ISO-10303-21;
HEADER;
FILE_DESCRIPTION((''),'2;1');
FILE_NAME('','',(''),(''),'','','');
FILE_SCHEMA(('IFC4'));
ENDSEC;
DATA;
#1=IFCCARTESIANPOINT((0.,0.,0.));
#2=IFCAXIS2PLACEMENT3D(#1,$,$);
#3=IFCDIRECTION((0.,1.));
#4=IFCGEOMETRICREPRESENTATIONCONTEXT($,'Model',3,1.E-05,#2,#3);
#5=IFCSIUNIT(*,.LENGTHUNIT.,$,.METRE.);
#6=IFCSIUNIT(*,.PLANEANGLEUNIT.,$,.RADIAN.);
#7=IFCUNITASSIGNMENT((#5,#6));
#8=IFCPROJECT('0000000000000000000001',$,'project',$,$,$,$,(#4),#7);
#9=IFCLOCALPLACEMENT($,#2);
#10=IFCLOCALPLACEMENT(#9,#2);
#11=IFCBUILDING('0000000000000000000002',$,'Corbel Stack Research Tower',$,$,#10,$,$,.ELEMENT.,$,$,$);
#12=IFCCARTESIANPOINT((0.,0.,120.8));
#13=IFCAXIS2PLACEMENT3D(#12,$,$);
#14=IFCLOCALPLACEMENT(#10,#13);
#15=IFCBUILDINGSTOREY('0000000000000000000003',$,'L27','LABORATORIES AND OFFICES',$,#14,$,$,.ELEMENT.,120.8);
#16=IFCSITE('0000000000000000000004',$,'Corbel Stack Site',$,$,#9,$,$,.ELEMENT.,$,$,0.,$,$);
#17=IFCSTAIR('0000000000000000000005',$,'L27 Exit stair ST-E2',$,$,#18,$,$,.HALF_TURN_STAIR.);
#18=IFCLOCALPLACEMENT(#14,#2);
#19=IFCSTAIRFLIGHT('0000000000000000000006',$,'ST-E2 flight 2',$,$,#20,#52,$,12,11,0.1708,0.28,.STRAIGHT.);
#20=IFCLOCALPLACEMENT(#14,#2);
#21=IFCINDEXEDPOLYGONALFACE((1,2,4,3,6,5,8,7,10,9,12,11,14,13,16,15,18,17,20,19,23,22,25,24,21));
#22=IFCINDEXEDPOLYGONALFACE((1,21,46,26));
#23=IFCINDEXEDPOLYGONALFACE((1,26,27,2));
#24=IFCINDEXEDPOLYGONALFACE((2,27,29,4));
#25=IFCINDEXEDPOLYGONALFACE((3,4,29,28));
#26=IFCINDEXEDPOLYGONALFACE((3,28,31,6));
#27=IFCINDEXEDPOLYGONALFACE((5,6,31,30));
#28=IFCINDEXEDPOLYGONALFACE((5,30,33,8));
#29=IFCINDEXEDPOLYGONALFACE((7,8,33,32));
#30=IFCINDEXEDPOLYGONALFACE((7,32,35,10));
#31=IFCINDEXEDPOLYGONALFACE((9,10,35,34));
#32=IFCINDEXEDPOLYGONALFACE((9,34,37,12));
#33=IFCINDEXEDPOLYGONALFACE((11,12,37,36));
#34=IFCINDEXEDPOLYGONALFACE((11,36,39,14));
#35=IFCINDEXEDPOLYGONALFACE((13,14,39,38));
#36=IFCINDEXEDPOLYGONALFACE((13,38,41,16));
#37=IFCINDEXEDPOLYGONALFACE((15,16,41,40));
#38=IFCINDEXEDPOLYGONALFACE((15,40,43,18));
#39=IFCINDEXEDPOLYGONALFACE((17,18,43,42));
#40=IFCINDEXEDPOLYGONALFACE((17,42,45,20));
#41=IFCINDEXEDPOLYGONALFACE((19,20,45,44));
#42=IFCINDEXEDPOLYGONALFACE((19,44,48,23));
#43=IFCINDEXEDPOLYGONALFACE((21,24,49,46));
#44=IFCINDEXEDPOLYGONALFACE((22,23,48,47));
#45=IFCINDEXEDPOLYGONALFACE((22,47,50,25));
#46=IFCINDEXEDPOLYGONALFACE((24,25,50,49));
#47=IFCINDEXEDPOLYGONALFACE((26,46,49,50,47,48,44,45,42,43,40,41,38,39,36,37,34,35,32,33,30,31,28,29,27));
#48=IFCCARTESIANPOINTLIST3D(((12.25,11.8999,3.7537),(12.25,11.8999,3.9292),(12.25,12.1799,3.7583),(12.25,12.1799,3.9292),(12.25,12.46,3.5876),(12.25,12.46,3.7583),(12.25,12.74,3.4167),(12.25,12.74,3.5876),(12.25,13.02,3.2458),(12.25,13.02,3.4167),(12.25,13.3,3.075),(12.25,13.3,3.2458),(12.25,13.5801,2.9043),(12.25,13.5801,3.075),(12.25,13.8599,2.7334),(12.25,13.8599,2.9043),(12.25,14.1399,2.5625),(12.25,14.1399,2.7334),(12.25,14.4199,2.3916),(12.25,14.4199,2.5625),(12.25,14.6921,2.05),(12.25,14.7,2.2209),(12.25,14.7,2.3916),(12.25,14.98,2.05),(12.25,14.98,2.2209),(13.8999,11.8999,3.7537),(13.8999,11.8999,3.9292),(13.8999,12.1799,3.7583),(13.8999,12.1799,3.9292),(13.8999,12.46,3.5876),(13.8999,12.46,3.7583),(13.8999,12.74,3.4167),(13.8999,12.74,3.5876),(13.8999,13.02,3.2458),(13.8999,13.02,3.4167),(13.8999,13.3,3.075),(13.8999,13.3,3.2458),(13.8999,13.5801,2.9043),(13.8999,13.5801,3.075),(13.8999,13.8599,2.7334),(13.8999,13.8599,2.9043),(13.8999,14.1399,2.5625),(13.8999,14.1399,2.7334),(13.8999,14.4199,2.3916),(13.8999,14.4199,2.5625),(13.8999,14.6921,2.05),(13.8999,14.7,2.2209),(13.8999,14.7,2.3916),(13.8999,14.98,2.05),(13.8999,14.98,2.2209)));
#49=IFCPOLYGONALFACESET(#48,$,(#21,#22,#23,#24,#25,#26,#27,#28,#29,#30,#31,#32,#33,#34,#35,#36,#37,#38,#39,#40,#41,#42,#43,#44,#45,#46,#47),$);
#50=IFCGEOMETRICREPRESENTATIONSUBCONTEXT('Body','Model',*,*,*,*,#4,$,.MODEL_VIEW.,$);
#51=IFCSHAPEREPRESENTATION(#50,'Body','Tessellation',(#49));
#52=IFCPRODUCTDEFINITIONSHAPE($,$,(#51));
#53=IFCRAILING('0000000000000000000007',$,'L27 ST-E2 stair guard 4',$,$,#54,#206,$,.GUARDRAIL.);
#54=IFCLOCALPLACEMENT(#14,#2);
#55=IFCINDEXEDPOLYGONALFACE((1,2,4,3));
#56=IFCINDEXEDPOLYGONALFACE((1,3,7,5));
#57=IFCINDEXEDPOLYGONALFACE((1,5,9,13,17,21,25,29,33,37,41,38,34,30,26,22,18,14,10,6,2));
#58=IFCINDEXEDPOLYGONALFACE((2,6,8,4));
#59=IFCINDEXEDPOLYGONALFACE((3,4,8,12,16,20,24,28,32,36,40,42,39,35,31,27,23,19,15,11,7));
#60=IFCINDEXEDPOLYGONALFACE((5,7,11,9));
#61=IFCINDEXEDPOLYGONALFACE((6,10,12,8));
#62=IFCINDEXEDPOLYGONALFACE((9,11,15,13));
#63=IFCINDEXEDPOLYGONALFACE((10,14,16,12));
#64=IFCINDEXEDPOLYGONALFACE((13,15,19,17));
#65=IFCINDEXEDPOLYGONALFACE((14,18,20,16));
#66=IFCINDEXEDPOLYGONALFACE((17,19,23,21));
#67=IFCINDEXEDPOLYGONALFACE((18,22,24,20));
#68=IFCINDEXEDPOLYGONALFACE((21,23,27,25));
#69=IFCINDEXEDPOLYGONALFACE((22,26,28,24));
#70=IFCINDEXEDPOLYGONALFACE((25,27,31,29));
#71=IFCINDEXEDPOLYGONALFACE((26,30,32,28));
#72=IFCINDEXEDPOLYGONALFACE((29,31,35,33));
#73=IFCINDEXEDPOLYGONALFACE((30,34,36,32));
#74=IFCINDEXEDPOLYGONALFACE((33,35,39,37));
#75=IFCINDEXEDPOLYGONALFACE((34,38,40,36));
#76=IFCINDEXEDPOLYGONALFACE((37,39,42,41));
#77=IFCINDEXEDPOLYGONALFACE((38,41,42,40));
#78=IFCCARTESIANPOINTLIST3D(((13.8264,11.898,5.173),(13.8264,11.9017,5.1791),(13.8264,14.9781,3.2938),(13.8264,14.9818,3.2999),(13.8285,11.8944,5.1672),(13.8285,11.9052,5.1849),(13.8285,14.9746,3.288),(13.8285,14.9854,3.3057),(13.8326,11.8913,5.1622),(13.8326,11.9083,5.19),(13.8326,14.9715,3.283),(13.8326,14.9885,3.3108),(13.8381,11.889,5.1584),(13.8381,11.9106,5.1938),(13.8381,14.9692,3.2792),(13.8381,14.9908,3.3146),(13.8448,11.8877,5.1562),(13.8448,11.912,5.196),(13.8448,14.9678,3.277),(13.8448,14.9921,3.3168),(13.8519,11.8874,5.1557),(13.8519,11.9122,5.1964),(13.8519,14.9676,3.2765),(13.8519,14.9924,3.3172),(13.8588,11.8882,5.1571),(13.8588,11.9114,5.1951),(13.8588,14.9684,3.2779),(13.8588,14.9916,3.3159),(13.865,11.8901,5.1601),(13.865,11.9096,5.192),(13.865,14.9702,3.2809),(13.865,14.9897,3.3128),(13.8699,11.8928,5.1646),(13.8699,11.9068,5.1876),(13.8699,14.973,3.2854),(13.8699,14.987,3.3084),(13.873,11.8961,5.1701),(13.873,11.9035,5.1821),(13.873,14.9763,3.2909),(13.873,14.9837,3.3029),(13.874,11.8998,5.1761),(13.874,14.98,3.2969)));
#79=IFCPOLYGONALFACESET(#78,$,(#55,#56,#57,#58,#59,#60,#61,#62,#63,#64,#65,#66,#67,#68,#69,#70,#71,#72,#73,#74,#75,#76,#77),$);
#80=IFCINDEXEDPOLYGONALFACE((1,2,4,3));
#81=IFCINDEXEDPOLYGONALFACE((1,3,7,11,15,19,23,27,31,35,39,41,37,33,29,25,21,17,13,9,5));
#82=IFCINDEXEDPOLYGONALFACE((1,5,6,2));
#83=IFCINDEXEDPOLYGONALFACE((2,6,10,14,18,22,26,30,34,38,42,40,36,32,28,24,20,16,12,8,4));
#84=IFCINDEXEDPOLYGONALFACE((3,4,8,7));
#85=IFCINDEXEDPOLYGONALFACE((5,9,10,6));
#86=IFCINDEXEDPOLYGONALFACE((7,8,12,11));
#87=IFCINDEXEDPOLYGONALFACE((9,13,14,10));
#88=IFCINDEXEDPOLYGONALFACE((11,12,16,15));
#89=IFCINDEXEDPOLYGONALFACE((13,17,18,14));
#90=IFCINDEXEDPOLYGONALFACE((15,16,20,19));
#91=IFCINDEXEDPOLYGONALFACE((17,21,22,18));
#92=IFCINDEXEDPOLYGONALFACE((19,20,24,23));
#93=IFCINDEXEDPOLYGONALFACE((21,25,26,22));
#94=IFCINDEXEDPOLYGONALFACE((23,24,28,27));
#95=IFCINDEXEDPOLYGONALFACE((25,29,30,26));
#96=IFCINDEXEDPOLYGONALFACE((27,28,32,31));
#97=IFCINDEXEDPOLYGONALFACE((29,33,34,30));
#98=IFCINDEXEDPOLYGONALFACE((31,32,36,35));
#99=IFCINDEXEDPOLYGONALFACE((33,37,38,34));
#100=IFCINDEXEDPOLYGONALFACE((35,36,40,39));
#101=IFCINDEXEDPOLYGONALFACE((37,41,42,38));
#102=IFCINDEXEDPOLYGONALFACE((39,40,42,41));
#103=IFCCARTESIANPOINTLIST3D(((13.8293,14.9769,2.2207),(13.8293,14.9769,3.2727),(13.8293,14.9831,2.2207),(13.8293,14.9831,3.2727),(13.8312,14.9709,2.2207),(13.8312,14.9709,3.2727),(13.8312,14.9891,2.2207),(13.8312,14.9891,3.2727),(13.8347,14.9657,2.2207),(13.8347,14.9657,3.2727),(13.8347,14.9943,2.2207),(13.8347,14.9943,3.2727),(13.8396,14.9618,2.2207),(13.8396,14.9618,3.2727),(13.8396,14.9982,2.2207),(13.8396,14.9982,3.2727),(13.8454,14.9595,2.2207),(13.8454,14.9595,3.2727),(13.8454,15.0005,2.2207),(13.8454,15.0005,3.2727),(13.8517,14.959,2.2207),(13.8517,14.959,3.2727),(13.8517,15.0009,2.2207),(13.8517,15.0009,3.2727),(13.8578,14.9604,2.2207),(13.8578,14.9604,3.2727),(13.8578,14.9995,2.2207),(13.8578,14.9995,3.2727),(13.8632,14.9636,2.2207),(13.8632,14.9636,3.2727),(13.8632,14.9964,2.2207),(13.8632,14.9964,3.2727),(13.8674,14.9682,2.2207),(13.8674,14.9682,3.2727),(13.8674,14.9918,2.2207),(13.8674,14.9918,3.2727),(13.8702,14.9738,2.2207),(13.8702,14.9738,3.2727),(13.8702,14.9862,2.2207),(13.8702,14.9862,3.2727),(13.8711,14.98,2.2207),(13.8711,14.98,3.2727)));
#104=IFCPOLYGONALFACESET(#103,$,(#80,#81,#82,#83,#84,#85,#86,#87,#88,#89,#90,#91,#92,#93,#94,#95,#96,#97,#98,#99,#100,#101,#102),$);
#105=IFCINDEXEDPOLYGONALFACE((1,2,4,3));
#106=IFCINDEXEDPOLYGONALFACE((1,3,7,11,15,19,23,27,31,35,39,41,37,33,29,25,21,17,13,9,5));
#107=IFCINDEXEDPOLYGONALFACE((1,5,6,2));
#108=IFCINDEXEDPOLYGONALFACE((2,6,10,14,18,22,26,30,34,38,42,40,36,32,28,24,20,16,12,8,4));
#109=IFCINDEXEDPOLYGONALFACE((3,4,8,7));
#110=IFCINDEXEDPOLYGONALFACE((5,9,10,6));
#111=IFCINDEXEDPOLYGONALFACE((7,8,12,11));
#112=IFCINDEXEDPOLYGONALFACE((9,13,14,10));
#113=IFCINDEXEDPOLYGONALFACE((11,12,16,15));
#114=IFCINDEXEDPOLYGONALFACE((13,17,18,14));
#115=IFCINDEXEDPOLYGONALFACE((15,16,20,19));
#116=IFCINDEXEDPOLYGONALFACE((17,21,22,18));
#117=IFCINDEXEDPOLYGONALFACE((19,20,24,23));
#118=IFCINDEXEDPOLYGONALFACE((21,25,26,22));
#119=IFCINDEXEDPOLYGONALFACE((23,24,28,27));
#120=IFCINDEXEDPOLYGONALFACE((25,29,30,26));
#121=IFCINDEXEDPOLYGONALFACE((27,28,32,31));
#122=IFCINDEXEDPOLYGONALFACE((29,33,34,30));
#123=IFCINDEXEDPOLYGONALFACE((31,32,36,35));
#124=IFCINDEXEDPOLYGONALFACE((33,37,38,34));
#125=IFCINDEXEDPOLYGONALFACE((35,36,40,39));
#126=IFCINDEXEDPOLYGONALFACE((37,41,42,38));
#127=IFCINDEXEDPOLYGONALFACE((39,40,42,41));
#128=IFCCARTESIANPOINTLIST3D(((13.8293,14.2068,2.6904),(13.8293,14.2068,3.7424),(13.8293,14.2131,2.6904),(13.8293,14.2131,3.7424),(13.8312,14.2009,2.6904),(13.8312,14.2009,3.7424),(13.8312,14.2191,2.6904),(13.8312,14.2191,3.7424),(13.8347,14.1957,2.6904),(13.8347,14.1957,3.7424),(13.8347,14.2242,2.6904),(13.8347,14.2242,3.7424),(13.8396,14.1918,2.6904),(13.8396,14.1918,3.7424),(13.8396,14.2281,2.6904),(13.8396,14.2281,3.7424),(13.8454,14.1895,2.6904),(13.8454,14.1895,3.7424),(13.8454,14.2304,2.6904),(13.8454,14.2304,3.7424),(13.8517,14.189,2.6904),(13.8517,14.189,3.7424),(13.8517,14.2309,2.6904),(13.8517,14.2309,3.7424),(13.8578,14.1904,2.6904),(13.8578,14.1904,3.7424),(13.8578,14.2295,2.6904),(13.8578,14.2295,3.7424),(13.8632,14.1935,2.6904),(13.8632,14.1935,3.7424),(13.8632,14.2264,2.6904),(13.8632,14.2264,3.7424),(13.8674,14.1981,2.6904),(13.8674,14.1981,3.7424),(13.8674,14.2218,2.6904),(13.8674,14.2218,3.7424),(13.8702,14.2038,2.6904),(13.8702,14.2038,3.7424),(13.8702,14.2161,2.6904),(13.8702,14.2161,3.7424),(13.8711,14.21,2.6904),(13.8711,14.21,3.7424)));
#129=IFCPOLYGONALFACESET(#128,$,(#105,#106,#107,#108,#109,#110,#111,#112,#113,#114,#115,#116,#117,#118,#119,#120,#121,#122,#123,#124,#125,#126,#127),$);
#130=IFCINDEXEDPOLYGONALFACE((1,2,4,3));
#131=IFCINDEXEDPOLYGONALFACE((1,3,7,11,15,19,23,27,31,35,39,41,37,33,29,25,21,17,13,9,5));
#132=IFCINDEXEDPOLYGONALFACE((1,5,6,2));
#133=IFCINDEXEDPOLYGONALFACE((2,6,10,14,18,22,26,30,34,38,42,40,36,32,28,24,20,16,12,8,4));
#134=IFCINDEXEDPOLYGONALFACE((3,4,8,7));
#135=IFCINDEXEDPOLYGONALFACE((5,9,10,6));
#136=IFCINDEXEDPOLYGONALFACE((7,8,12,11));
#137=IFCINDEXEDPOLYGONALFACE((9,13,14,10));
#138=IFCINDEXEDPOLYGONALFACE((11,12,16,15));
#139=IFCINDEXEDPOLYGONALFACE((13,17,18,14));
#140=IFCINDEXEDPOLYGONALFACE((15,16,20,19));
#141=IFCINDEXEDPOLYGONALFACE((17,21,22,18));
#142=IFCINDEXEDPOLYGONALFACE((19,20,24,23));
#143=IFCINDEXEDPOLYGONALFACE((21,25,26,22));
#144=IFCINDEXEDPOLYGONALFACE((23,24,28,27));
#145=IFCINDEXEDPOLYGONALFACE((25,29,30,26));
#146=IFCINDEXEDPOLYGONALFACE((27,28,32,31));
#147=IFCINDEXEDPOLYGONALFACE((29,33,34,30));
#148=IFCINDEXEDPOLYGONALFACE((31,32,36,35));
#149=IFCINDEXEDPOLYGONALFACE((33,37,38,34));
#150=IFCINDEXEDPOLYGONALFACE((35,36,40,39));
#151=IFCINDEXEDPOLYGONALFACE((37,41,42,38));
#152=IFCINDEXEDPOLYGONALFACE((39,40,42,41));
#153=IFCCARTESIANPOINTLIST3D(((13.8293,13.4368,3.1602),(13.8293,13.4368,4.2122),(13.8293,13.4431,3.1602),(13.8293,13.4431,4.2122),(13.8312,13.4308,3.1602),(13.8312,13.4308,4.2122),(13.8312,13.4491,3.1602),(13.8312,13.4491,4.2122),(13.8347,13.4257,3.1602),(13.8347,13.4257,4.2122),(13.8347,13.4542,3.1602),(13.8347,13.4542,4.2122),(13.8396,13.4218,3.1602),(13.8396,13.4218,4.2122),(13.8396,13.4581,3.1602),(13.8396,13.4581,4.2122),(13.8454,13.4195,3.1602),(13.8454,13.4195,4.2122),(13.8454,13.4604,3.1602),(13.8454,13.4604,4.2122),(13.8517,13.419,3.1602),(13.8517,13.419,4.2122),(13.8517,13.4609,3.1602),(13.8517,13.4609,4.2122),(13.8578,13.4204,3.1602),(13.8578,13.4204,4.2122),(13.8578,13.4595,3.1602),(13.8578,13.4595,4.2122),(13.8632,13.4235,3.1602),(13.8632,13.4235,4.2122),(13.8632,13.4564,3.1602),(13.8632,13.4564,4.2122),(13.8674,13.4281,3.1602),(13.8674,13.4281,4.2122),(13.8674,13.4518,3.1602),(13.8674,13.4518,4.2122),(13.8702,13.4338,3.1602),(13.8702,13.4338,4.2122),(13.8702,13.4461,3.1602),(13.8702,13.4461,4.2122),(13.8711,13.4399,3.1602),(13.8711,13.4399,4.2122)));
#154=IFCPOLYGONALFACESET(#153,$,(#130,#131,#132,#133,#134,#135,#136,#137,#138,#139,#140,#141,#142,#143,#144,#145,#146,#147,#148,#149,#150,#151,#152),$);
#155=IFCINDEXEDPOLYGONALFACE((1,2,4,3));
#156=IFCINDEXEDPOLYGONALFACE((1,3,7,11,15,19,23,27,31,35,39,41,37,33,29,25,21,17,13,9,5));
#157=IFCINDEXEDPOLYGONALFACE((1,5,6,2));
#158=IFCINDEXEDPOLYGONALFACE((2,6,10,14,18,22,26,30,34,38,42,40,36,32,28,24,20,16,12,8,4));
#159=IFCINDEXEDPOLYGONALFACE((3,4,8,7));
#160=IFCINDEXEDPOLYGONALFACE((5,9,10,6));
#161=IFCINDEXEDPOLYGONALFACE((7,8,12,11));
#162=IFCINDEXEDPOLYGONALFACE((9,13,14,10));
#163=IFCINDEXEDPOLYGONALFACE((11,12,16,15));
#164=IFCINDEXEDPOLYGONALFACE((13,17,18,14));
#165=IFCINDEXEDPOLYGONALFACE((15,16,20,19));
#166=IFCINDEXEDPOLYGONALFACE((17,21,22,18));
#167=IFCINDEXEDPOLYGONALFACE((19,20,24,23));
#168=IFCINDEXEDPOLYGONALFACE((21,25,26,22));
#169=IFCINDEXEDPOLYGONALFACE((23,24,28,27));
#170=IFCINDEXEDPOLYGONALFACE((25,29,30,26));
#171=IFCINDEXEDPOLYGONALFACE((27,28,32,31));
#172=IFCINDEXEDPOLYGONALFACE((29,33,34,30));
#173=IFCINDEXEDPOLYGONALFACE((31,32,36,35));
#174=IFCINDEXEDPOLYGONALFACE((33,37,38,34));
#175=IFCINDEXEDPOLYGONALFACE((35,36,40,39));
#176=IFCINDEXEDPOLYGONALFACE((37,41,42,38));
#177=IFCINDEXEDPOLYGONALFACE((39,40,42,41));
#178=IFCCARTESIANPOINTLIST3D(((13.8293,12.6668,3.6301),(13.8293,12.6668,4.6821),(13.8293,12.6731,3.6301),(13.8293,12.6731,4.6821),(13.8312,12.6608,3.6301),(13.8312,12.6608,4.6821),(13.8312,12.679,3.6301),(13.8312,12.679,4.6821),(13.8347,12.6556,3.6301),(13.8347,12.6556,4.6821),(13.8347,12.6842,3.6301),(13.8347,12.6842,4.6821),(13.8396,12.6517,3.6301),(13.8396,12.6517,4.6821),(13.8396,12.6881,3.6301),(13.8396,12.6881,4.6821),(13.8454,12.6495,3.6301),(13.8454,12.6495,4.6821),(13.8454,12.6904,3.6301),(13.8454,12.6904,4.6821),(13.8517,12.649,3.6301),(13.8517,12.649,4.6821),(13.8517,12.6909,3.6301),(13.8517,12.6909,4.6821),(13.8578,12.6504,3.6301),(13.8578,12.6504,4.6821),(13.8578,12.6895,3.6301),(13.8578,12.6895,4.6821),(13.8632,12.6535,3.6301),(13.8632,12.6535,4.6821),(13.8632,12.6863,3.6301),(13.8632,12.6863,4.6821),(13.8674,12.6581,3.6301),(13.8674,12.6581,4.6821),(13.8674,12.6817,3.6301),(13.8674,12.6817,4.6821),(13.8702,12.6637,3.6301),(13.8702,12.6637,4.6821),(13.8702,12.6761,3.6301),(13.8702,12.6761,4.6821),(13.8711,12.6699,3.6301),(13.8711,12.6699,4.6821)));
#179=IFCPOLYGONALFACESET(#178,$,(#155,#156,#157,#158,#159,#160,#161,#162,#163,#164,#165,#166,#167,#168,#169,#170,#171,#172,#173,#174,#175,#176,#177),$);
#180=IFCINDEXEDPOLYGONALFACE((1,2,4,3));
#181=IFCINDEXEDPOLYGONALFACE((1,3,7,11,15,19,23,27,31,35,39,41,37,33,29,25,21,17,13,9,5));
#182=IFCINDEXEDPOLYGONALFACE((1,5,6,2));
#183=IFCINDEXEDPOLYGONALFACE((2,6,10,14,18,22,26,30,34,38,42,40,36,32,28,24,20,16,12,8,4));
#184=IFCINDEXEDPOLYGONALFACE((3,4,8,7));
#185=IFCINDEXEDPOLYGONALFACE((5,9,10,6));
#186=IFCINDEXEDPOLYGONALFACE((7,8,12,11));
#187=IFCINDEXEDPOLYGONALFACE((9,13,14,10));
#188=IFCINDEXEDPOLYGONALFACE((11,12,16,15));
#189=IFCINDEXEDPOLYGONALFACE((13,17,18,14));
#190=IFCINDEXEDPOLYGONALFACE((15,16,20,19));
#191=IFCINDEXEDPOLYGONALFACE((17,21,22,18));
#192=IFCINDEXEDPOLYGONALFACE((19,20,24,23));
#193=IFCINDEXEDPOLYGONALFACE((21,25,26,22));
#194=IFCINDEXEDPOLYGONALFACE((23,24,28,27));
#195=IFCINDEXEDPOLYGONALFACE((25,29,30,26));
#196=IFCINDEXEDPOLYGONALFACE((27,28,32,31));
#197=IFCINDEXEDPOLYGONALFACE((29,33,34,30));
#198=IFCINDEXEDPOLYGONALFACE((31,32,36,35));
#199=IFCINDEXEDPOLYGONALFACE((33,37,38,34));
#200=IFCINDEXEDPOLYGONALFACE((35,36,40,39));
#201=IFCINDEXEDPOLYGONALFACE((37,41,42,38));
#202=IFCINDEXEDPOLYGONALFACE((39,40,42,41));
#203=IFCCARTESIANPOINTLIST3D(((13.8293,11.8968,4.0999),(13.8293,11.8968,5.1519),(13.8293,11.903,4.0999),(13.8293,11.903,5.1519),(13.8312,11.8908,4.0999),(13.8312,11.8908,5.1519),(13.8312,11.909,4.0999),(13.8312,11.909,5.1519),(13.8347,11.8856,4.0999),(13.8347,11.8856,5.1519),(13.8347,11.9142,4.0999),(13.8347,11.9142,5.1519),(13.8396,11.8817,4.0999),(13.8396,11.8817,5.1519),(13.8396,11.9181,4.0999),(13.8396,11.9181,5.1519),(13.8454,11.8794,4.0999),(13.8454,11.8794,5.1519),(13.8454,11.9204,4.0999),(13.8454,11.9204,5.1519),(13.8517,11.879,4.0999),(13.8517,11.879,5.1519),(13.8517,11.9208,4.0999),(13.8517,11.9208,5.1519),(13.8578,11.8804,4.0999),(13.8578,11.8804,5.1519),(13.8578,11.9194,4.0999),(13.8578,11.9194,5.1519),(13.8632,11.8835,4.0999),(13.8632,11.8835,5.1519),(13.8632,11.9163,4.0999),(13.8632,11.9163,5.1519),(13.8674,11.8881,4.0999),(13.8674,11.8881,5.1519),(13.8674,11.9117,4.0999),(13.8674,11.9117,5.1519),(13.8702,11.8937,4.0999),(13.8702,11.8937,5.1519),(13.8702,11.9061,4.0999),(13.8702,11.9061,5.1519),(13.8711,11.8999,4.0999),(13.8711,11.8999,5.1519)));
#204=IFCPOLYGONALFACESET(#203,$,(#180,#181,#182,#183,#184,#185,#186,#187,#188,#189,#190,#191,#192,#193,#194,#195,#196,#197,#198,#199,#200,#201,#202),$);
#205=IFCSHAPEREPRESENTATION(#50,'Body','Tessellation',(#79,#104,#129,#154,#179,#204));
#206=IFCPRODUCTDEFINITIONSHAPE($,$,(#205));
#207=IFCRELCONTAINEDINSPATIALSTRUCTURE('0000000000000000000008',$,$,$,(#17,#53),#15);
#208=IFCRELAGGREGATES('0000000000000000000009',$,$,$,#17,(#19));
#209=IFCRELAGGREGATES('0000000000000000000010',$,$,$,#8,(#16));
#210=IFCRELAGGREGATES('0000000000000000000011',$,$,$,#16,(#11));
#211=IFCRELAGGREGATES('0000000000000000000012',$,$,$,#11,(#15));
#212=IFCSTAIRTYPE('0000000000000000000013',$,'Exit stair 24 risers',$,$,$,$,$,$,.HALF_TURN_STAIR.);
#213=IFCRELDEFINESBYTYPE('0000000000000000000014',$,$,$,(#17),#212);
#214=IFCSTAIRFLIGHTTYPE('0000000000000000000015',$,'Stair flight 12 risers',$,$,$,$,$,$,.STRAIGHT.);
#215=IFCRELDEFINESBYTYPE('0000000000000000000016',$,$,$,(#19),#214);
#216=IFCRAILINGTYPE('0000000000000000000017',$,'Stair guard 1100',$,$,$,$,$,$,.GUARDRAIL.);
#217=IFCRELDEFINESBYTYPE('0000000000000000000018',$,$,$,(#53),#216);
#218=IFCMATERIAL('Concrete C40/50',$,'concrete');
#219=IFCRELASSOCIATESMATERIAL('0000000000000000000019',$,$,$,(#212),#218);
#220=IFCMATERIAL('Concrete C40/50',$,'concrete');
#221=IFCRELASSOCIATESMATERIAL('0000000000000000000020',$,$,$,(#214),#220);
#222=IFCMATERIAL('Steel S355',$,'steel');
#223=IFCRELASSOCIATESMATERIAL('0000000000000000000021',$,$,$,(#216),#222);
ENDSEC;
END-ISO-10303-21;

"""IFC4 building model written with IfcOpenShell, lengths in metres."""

from ifc_helpers import new_model, si_unit, direction, frame, origin, origin_2d, place, context, subcontext, project, spatial, polyline, circle, outline, extrude, material, type_object, element, aggregate, save


model = new_model("IFC4")

# Units and contexts
model_context = context("Model", 3, precision=1e-05, world=origin(), true_north=direction((0.0, 1.0)))
body_context = subcontext(model_context, "Body", "Model", "MODEL_VIEW")
ifc_project = project(units=[si_unit("LENGTHUNIT", "METRE"), si_unit("PLANEANGLEUNIT", "RADIAN")], contexts=[model_context])

# Site, building, storey
site_placement = place(None, origin())
site = spatial("IfcSite", under=ifc_project, at=site_placement, Name="Corbel Stack Site", CompositionType="ELEMENT", RefElevation=0.0)
building_placement = place(site_placement, origin())
building = spatial("IfcBuilding", under=site, at=building_placement, Name="Corbel Stack Research Tower", CompositionType="ELEMENT")
storey_placement = place(building_placement, frame((0.0, 0.0, 120.8)))
storey = spatial("IfcBuildingStorey", under=building, at=storey_placement, Name="L27", Description="LABORATORIES AND OFFICES", CompositionType="ELEMENT", Elevation=120.8)

# Stair, stair flight
ifc_material_1 = material(Name="Concrete C40/50", Category="concrete")
stair_type = type_object("IfcStairType", Name="Exit stair 24 risers", PredefinedType="HALF_TURN_STAIR", material=ifc_material_1)
stair_placement = place(storey_placement, origin())
stair = element("IfcStair", 1, at=stair_placement, inside=storey, type_object=stair_type, Name="L27 Exit stair ST-E2", PredefinedType="HALF_TURN_STAIR")
ifc_material_2 = material(Name="Concrete C40/50", Category="concrete")
stair_flight_type = type_object("IfcStairFlightType", Name="Stair flight 12 risers", PredefinedType="STRAIGHT", material=ifc_material_2)
stair_flight_placement = place(storey_placement, frame((13.075, 14.98, 2.05), z_axis=(0.0, 0.0, 1.0), x_axis=(0.0, -1.0, 0.0)))
stair_flight = element("IfcStairFlight", 2, at=stair_flight_placement, type_object=stair_flight_type, Name="ST-E2 flight 2", NumberOfRisers=12, NumberOfTreads=11, PredefinedType="STRAIGHT", RiserHeight=0.1708, TreadLength=0.28, context=body_context, shape_type="SweptSolid", body=[
    extrude(outline(polyline([(0.0, 0.0), (0.0, 0.1709), (0.28, 0.1709), (0.28, 0.3416), (0.5601, 0.3416), (0.5601, 0.5125), (0.8401, 0.5125), (0.8401, 0.6833), (1.1201, 0.6833), (1.1201, 0.8542), (1.3999, 0.8542), (1.3999, 1.0249), (1.6799, 1.0249), (1.6799, 1.1958), (1.96, 1.1958), (1.96, 1.3667), (2.24, 1.3667), (2.24, 1.5376), (2.52, 1.5376), (2.52, 1.7083), (2.8, 1.7083), (2.8, 1.8792), (3.0801, 1.8792), (3.0801, 2.05), (3.0801, 1.7036), (0.2878, 0.0), (0.0, 0.0)])), frame((0.0, 0.825, 0.0), z_axis=(0.0, -1.0, 0.0), x_axis=(1.0, 0.0, 0.0)), (0.0, 0.0, 1.0), 1.6499),
])
aggregate(stair, [stair_flight])

# Railing
ifc_material_3 = material(Name="Steel S355", Category="steel")
railing_type_1 = type_object("IfcRailingType", Name="Stair guard 1100", PredefinedType="GUARDRAIL", material=ifc_material_3)
railing_1_placement = place(storey_placement, frame((13.8501, 14.98, 2.2207)))
element("IfcRailing", 3, at=railing_1_placement, inside=storey, type_object=railing_type_1, Name="L27 ST-E2 stair guard 4", PredefinedType="GUARDRAIL", context=body_context, shape_type="SweptSolid", body=[
    extrude(circle(Radius=0.0239, at=origin_2d()), frame((0.0, 0.0, 1.0762), z_axis=(0.0, -0.853666, 0.52082), x_axis=(1.0, 0.0, 0.0)), (0.0, 0.0, 1.0), 3.6082),
    extrude(circle(Radius=0.021, at=origin_2d()), origin(), (0.0, 0.0, 1.0), 1.052),
    extrude(circle(Radius=0.021, at=origin_2d()), frame((0.0, -0.77, 0.4697)), (0.0, 0.0, 1.0), 1.052),
    extrude(circle(Radius=0.021, at=origin_2d()), frame((0.0, -1.54, 0.9395)), (0.0, 0.0, 1.0), 1.052),
    extrude(circle(Radius=0.021, at=origin_2d()), frame((0.0, -2.3101, 1.4094)), (0.0, 0.0, 1.0), 1.052),
    extrude(circle(Radius=0.021, at=origin_2d()), frame((0.0, -3.0801, 1.8792)), (0.0, 0.0, 1.0), 1.052),
])

save(model, "model.ifc")
